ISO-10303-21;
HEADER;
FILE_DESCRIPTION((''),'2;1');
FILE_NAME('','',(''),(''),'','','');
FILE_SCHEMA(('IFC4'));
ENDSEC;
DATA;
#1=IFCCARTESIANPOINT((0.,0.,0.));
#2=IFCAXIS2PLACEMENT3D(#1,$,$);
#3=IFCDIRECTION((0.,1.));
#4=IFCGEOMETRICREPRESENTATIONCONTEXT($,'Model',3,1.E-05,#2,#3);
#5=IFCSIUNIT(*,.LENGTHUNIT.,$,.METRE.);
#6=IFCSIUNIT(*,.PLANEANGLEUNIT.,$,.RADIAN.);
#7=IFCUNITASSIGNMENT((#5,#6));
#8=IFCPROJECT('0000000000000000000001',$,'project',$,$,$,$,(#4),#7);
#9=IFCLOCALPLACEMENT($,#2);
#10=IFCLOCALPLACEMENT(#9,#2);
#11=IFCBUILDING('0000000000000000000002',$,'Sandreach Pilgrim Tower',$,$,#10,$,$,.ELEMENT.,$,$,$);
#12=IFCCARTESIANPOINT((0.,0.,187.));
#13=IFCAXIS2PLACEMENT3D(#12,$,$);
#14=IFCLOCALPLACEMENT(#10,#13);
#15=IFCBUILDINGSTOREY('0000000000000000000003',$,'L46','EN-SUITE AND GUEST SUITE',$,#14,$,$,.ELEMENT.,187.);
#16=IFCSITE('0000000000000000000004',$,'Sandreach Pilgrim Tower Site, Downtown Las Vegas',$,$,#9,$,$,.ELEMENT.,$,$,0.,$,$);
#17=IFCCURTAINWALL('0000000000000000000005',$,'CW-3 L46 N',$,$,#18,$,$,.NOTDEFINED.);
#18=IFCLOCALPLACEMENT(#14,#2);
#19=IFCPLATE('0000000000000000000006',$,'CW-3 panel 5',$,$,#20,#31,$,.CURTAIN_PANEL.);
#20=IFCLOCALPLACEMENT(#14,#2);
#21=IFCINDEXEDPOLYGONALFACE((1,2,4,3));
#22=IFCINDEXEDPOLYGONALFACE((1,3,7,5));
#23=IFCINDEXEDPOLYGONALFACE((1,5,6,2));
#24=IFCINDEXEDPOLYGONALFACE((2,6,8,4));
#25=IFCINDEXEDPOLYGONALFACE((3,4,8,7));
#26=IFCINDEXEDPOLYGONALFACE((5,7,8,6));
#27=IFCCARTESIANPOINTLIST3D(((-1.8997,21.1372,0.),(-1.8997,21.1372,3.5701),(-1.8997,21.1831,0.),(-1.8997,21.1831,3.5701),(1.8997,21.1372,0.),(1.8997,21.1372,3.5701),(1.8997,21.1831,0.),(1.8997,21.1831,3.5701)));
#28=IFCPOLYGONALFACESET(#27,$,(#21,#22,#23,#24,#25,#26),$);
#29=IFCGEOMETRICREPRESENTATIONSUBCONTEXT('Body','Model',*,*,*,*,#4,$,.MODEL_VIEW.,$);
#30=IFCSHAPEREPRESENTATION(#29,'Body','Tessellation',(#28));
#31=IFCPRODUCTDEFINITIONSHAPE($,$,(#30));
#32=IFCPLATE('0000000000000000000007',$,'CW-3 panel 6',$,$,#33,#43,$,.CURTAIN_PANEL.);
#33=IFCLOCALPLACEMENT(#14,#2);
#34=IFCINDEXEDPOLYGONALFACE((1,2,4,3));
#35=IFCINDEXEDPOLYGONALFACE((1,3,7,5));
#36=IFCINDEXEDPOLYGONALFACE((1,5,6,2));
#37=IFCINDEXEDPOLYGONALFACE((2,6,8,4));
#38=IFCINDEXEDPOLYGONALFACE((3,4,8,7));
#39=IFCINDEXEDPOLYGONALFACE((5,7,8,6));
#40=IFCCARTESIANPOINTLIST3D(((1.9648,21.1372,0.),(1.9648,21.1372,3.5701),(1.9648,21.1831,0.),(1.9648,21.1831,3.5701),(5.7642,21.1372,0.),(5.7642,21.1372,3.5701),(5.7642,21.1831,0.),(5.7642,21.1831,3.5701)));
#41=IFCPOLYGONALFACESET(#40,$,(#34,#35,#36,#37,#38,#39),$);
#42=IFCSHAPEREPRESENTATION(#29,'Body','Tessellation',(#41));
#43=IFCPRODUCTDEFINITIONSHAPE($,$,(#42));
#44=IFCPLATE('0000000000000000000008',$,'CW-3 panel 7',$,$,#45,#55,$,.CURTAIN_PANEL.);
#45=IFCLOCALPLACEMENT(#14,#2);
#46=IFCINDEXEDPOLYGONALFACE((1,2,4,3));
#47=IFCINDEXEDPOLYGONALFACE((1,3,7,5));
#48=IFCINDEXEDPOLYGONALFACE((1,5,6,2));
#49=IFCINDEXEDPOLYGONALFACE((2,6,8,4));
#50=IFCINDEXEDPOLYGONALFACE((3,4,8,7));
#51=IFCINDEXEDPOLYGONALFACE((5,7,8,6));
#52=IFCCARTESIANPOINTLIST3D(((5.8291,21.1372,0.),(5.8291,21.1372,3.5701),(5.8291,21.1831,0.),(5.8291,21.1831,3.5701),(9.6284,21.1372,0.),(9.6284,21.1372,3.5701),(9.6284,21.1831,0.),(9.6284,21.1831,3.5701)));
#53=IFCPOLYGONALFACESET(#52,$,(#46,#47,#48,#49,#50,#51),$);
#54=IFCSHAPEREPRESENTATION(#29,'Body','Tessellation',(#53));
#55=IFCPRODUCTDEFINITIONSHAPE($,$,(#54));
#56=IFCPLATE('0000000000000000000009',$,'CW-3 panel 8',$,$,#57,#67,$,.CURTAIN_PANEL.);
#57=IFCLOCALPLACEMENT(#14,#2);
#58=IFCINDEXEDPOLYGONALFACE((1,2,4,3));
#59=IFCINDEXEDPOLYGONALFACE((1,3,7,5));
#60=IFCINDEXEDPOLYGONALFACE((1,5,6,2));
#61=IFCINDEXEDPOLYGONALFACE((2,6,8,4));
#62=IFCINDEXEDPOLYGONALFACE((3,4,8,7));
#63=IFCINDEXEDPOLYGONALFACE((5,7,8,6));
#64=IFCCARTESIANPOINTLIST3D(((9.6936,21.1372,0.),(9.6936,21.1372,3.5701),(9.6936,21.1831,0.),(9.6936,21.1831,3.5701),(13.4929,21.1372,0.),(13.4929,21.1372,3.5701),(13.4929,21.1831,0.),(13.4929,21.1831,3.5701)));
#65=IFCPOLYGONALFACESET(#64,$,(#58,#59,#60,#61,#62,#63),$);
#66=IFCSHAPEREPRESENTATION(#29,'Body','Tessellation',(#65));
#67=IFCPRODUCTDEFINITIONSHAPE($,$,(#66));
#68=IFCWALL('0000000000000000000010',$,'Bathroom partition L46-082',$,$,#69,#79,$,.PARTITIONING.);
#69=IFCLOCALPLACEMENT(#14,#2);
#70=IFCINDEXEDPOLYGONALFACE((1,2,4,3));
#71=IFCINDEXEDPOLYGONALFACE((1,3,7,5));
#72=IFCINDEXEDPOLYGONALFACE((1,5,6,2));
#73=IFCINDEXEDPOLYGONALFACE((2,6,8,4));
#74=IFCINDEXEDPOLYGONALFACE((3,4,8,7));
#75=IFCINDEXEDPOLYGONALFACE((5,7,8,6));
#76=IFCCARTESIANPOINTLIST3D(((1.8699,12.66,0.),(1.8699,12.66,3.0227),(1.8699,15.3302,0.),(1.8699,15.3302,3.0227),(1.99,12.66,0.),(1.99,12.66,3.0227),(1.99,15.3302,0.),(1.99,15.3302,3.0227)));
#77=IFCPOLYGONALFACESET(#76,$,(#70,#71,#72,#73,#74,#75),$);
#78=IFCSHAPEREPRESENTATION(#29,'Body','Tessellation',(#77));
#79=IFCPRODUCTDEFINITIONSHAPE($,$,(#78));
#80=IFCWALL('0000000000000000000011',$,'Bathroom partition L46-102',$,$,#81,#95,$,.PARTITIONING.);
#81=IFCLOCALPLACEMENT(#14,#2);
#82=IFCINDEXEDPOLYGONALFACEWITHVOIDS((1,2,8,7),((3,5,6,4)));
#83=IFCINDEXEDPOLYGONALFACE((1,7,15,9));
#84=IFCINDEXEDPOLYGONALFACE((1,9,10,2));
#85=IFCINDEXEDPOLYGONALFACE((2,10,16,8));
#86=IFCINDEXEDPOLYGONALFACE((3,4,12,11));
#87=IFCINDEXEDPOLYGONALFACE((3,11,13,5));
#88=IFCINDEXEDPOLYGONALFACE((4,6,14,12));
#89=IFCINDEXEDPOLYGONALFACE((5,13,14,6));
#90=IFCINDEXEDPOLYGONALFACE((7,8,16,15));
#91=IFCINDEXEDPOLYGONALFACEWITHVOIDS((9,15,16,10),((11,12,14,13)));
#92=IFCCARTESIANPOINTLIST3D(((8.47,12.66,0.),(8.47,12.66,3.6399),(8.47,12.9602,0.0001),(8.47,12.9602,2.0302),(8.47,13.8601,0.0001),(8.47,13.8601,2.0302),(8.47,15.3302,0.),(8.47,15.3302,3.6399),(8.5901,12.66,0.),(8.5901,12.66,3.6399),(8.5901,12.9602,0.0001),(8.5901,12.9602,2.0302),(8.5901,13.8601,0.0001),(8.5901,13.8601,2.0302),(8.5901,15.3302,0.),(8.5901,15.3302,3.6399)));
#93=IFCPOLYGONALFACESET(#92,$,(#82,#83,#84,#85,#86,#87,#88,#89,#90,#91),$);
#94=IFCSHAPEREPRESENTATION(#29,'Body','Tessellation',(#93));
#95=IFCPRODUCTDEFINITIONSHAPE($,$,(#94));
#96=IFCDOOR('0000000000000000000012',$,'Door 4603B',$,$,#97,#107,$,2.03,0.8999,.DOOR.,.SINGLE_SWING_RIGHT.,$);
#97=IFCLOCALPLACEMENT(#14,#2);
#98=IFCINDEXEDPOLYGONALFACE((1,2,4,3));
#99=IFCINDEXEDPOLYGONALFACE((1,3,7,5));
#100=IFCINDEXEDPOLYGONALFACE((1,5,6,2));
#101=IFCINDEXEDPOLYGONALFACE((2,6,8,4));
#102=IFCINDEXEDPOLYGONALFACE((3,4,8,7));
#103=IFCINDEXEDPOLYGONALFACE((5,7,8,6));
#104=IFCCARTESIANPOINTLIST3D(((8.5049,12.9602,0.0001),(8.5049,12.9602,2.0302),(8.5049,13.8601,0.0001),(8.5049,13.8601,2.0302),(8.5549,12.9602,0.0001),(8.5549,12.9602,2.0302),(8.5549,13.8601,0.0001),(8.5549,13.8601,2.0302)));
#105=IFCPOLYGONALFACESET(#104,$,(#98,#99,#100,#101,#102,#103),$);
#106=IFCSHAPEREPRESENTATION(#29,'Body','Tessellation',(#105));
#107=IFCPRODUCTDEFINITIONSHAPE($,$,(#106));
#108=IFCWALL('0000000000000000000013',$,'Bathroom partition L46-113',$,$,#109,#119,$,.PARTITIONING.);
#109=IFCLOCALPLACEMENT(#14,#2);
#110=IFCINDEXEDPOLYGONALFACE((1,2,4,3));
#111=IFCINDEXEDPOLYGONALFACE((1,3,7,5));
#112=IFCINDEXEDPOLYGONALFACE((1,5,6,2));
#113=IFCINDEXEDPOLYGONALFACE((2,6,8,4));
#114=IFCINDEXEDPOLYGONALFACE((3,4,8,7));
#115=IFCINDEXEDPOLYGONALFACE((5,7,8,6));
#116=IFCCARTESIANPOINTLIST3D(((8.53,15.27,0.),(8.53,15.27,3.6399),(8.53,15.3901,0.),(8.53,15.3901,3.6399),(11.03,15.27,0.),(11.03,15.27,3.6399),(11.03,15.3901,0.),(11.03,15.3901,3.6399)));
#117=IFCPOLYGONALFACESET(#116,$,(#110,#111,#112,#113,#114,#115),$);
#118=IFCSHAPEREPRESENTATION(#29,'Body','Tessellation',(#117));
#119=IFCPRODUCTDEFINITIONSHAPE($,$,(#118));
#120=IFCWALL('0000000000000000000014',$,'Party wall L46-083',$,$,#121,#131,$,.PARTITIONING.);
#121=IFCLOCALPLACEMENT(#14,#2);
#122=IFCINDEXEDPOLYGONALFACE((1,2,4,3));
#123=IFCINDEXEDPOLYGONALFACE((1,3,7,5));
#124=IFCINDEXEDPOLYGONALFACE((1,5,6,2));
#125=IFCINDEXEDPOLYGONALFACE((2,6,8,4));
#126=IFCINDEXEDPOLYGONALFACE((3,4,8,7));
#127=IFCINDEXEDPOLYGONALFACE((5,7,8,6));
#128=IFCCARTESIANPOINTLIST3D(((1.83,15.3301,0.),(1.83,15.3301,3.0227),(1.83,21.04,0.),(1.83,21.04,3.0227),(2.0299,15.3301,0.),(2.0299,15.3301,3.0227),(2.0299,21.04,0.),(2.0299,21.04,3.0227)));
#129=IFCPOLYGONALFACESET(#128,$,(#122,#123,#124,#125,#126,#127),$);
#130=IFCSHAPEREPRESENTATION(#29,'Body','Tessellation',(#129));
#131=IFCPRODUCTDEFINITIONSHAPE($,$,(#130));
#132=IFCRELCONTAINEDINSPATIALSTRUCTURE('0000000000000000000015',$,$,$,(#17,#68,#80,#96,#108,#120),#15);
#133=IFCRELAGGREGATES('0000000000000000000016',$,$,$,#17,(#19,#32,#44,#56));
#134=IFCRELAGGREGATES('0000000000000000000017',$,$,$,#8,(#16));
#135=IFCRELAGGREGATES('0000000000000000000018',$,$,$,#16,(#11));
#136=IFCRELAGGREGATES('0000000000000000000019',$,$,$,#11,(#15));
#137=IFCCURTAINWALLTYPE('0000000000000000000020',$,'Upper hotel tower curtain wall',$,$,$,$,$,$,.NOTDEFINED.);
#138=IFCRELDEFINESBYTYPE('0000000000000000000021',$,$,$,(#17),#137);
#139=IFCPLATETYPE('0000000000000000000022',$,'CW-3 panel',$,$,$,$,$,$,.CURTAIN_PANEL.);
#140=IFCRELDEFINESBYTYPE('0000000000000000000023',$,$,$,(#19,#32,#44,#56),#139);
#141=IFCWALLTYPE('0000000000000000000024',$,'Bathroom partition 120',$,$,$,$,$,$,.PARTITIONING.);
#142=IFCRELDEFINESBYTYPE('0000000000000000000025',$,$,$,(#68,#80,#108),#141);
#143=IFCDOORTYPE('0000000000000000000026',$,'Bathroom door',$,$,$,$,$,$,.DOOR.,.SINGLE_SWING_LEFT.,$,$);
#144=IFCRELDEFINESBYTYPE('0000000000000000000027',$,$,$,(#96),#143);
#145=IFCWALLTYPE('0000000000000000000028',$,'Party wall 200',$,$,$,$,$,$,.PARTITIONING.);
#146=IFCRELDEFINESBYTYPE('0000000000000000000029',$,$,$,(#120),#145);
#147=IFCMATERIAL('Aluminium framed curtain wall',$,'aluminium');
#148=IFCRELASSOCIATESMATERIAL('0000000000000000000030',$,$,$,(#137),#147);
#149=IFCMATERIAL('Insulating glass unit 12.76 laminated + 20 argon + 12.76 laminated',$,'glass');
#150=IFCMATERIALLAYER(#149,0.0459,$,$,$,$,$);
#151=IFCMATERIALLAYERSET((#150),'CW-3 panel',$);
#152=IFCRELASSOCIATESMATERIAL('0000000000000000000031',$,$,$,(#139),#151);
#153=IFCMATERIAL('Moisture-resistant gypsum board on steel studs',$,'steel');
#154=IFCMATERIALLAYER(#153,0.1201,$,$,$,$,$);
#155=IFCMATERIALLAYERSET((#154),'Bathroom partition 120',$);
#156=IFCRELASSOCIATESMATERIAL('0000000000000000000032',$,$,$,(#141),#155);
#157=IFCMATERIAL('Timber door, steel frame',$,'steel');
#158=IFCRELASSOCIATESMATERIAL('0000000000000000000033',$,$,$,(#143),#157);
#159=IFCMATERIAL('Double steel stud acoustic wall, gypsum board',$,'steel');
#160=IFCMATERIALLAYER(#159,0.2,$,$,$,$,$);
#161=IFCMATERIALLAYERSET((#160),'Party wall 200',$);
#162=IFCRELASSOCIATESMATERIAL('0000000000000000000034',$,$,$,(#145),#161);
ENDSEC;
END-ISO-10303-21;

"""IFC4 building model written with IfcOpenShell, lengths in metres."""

from ifc_helpers import new_model, si_unit, direction, frame, frame_2d, origin, origin_2d, place, context, subcontext, project, spatial, rectangle, extrude, material, layer, layer_set, type_object, element, fill, aggregate, save


model = new_model("IFC4")

# Units and contexts
model_context = context("Model", 3, precision=1e-05, world=origin(), true_north=direction((0.0, 1.0)))
body_context = subcontext(model_context, "Body", "Model", "MODEL_VIEW")
ifc_project = project(units=[si_unit("LENGTHUNIT", "METRE"), si_unit("PLANEANGLEUNIT", "RADIAN")], contexts=[model_context])

# Site, building, storey
site_placement = place(None, origin())
site = spatial("IfcSite", under=ifc_project, at=site_placement, Name="Sandreach Pilgrim Tower Site, Downtown Las Vegas", CompositionType="ELEMENT", RefElevation=0.0)
building_placement = place(site_placement, origin())
building = spatial("IfcBuilding", under=site, at=building_placement, Name="Sandreach Pilgrim Tower", CompositionType="ELEMENT")
storey_placement = place(building_placement, frame((0.0, 0.0, 187.0)))
storey = spatial("IfcBuildingStorey", under=building, at=storey_placement, Name="L46", Description="EN-SUITE AND GUEST SUITE", CompositionType="ELEMENT", Elevation=187.0)

# Curtain wall
ifc_material_1 = material(Name="Aluminium framed curtain wall", Category="aluminium")
curtain_wall_type = type_object("IfcCurtainWallType", Name="Upper hotel tower curtain wall", PredefinedType="NOTDEFINED", material=ifc_material_1)
curtain_wall_placement = place(storey_placement, origin())
curtain_wall = element("IfcCurtainWall", 1, at=curtain_wall_placement, inside=storey, type_object=curtain_wall_type, Name="CW-3 L46 N", PredefinedType="NOTDEFINED")

# Plates
ifc_material_2 = material(Name="Insulating glass unit 12.76 laminated + 20 argon + 12.76 laminated", Category="glass")
ifc_layer_1 = layer(ifc_material_2, 0.0459)
ifc_layer_set_1 = layer_set([ifc_layer_1], Name="CW-3 panel")
plate_type = type_object("IfcPlateType", Name="CW-3 panel", PredefinedType="CURTAIN_PANEL", material=ifc_layer_set_1)
plate_1_placement = place(storey_placement, frame((0.0, 21.1602, 0.0), z_axis=(0.0, 0.0, 1.0), x_axis=(1.0, 0.0, 0.0)))
plate_1 = element("IfcPlate", 2, at=plate_1_placement, type_object=plate_type, Name="CW-3 panel 5", PredefinedType="CURTAIN_PANEL", context=body_context, shape_type="SweptSolid", body=[
    extrude(rectangle(XDim=3.7993, YDim=0.0459, at=origin_2d()), origin(), (0.0, 0.0, 1.0), 3.5701),
])
plate_2_placement = place(storey_placement, frame((3.8645, 21.1602, 0.0), z_axis=(0.0, 0.0, 1.0), x_axis=(1.0, 0.0, 0.0)))
plate_2 = element("IfcPlate", 3, at=plate_2_placement, type_object=plate_type, Name="CW-3 panel 6", PredefinedType="CURTAIN_PANEL", context=body_context, shape_type="SweptSolid", body=[
    extrude(rectangle(XDim=3.7993, YDim=0.0459, at=origin_2d()), origin(), (0.0, 0.0, 1.0), 3.5701),
])
plate_3_placement = place(storey_placement, frame((7.7288, 21.1602, 0.0), z_axis=(0.0, 0.0, 1.0), x_axis=(1.0, 0.0, 0.0)))
plate_3 = element("IfcPlate", 4, at=plate_3_placement, type_object=plate_type, Name="CW-3 panel 7", PredefinedType="CURTAIN_PANEL", context=body_context, shape_type="SweptSolid", body=[
    extrude(rectangle(XDim=3.7993, YDim=0.0459, at=origin_2d()), origin(), (0.0, 0.0, 1.0), 3.5701),
])
plate_4_placement = place(storey_placement, frame((11.5933, 21.1602, 0.0), z_axis=(0.0, 0.0, 1.0), x_axis=(1.0, 0.0, 0.0)))
plate_4 = element("IfcPlate", 5, at=plate_4_placement, type_object=plate_type, Name="CW-3 panel 8", PredefinedType="CURTAIN_PANEL", context=body_context, shape_type="SweptSolid", body=[
    extrude(rectangle(XDim=3.7993, YDim=0.0459, at=origin_2d()), origin(), (0.0, 0.0, 1.0), 3.5701),
])
aggregate(curtain_wall, [plate_1, plate_2, plate_3, plate_4])

# Wall
ifc_material_3 = material(Name="Moisture-resistant gypsum board on steel studs", Category="steel")
ifc_layer_2 = layer(ifc_material_3, 0.1201)
ifc_layer_set_2 = layer_set([ifc_layer_2], Name="Bathroom partition 120")
wall_type_1 = type_object("IfcWallType", Name="Bathroom partition 120", PredefinedType="PARTITIONING", material=ifc_layer_set_2)
wall_1_placement = place(storey_placement, frame((1.9299, 15.3301, 0.0), z_axis=(0.0, 0.0, 1.0), x_axis=(0.0, -1.0, 0.0)))
element("IfcWall", 6, at=wall_1_placement, inside=storey, type_object=wall_type_1, Name="Bathroom partition L46-082", PredefinedType="PARTITIONING", context=body_context, shape_type="SweptSolid", body=[
    extrude(rectangle(XDim=2.6702, YDim=0.1201, at=frame_2d((1.335, 0.0))), origin(), (0.0, 0.0, 1.0), 3.0227),
])

# Wall, opening, door
wall_2_placement = place(storey_placement, frame((8.53, 15.3301, 0.0), z_axis=(0.0, 0.0, 1.0), x_axis=(0.0, -1.0, 0.0)))
wall_2 = element("IfcWall", 7, at=wall_2_placement, inside=storey, type_object=wall_type_1, Name="Bathroom partition L46-102", PredefinedType="PARTITIONING", context=body_context, shape_type="SweptSolid", body=[
    extrude(rectangle(XDim=2.6702, YDim=0.1201, at=frame_2d((1.335, 0.0))), origin(), (0.0, 0.0, 1.0), 3.6399),
])
opening_placement = place(wall_2_placement, frame((1.47, 0.0, 0.0)))
opening = element("IfcOpeningElement", 8, at=opening_placement, cuts=wall_2, PredefinedType="OPENING", context=body_context, shape_type="SweptSolid", body=[
    extrude(rectangle(XDim=0.8999, YDim=2.03, at=frame_2d((0.45, 1.0151))), frame((0.0, 0.0601, 0.0), z_axis=(0.0, -1.0, 0.0), x_axis=(1.0, 0.0, 0.0)), (0.0, 0.0, 1.0), 0.1201),
])
ifc_material_4 = material(Name="Timber door, steel frame", Category="steel")
door_type = type_object("IfcDoorType", Name="Bathroom door", OperationType="SINGLE_SWING_LEFT", PredefinedType="DOOR", material=ifc_material_4)
door_placement = place(opening_placement, origin())
door = element("IfcDoor", 9, at=door_placement, inside=storey, type_object=door_type, Name="Door 4603B", OperationType="SINGLE_SWING_RIGHT", OverallHeight=2.03, OverallWidth=0.8999, PredefinedType="DOOR", context=body_context, shape_type="SweptSolid", body=[
    extrude(rectangle(XDim=0.8999, YDim=2.03, at=frame_2d((0.45, 1.0151))), frame((0.0, 0.0249, 0.0), z_axis=(0.0, -1.0, 0.0), x_axis=(1.0, 0.0, 0.0)), (0.0, 0.0, 1.0), 0.05),
])
fill(opening, door)

# Walls
wall_3_placement = place(storey_placement, frame((11.03, 15.3301, 0.0), z_axis=(0.0, 0.0, 1.0), x_axis=(-1.0, 0.0, 0.0)))
element("IfcWall", 10, at=wall_3_placement, inside=storey, type_object=wall_type_1, Name="Bathroom partition L46-113", PredefinedType="PARTITIONING", context=body_context, shape_type="SweptSolid", body=[
    extrude(rectangle(XDim=2.5, YDim=0.1201, at=frame_2d((1.25, 0.0))), origin(), (0.0, 0.0, 1.0), 3.6399),
])
ifc_material_5 = material(Name="Double steel stud acoustic wall, gypsum board", Category="steel")
ifc_layer_3 = layer(ifc_material_5, 0.2)
ifc_layer_set_3 = layer_set([ifc_layer_3], Name="Party wall 200")
wall_type_2 = type_object("IfcWallType", Name="Party wall 200", PredefinedType="PARTITIONING", material=ifc_layer_set_3)
wall_4_placement = place(storey_placement, frame((1.9299, 21.04, 0.0), z_axis=(0.0, 0.0, 1.0), x_axis=(0.0, -1.0, 0.0)))
element("IfcWall", 11, at=wall_4_placement, inside=storey, type_object=wall_type_2, Name="Party wall L46-083", PredefinedType="PARTITIONING", context=body_context, shape_type="SweptSolid", body=[
    extrude(rectangle(XDim=5.71, YDim=0.2, at=frame_2d((2.855, 0.0))), origin(), (0.0, 0.0, 1.0), 3.0227),
])

save(model, "model.ifc")
